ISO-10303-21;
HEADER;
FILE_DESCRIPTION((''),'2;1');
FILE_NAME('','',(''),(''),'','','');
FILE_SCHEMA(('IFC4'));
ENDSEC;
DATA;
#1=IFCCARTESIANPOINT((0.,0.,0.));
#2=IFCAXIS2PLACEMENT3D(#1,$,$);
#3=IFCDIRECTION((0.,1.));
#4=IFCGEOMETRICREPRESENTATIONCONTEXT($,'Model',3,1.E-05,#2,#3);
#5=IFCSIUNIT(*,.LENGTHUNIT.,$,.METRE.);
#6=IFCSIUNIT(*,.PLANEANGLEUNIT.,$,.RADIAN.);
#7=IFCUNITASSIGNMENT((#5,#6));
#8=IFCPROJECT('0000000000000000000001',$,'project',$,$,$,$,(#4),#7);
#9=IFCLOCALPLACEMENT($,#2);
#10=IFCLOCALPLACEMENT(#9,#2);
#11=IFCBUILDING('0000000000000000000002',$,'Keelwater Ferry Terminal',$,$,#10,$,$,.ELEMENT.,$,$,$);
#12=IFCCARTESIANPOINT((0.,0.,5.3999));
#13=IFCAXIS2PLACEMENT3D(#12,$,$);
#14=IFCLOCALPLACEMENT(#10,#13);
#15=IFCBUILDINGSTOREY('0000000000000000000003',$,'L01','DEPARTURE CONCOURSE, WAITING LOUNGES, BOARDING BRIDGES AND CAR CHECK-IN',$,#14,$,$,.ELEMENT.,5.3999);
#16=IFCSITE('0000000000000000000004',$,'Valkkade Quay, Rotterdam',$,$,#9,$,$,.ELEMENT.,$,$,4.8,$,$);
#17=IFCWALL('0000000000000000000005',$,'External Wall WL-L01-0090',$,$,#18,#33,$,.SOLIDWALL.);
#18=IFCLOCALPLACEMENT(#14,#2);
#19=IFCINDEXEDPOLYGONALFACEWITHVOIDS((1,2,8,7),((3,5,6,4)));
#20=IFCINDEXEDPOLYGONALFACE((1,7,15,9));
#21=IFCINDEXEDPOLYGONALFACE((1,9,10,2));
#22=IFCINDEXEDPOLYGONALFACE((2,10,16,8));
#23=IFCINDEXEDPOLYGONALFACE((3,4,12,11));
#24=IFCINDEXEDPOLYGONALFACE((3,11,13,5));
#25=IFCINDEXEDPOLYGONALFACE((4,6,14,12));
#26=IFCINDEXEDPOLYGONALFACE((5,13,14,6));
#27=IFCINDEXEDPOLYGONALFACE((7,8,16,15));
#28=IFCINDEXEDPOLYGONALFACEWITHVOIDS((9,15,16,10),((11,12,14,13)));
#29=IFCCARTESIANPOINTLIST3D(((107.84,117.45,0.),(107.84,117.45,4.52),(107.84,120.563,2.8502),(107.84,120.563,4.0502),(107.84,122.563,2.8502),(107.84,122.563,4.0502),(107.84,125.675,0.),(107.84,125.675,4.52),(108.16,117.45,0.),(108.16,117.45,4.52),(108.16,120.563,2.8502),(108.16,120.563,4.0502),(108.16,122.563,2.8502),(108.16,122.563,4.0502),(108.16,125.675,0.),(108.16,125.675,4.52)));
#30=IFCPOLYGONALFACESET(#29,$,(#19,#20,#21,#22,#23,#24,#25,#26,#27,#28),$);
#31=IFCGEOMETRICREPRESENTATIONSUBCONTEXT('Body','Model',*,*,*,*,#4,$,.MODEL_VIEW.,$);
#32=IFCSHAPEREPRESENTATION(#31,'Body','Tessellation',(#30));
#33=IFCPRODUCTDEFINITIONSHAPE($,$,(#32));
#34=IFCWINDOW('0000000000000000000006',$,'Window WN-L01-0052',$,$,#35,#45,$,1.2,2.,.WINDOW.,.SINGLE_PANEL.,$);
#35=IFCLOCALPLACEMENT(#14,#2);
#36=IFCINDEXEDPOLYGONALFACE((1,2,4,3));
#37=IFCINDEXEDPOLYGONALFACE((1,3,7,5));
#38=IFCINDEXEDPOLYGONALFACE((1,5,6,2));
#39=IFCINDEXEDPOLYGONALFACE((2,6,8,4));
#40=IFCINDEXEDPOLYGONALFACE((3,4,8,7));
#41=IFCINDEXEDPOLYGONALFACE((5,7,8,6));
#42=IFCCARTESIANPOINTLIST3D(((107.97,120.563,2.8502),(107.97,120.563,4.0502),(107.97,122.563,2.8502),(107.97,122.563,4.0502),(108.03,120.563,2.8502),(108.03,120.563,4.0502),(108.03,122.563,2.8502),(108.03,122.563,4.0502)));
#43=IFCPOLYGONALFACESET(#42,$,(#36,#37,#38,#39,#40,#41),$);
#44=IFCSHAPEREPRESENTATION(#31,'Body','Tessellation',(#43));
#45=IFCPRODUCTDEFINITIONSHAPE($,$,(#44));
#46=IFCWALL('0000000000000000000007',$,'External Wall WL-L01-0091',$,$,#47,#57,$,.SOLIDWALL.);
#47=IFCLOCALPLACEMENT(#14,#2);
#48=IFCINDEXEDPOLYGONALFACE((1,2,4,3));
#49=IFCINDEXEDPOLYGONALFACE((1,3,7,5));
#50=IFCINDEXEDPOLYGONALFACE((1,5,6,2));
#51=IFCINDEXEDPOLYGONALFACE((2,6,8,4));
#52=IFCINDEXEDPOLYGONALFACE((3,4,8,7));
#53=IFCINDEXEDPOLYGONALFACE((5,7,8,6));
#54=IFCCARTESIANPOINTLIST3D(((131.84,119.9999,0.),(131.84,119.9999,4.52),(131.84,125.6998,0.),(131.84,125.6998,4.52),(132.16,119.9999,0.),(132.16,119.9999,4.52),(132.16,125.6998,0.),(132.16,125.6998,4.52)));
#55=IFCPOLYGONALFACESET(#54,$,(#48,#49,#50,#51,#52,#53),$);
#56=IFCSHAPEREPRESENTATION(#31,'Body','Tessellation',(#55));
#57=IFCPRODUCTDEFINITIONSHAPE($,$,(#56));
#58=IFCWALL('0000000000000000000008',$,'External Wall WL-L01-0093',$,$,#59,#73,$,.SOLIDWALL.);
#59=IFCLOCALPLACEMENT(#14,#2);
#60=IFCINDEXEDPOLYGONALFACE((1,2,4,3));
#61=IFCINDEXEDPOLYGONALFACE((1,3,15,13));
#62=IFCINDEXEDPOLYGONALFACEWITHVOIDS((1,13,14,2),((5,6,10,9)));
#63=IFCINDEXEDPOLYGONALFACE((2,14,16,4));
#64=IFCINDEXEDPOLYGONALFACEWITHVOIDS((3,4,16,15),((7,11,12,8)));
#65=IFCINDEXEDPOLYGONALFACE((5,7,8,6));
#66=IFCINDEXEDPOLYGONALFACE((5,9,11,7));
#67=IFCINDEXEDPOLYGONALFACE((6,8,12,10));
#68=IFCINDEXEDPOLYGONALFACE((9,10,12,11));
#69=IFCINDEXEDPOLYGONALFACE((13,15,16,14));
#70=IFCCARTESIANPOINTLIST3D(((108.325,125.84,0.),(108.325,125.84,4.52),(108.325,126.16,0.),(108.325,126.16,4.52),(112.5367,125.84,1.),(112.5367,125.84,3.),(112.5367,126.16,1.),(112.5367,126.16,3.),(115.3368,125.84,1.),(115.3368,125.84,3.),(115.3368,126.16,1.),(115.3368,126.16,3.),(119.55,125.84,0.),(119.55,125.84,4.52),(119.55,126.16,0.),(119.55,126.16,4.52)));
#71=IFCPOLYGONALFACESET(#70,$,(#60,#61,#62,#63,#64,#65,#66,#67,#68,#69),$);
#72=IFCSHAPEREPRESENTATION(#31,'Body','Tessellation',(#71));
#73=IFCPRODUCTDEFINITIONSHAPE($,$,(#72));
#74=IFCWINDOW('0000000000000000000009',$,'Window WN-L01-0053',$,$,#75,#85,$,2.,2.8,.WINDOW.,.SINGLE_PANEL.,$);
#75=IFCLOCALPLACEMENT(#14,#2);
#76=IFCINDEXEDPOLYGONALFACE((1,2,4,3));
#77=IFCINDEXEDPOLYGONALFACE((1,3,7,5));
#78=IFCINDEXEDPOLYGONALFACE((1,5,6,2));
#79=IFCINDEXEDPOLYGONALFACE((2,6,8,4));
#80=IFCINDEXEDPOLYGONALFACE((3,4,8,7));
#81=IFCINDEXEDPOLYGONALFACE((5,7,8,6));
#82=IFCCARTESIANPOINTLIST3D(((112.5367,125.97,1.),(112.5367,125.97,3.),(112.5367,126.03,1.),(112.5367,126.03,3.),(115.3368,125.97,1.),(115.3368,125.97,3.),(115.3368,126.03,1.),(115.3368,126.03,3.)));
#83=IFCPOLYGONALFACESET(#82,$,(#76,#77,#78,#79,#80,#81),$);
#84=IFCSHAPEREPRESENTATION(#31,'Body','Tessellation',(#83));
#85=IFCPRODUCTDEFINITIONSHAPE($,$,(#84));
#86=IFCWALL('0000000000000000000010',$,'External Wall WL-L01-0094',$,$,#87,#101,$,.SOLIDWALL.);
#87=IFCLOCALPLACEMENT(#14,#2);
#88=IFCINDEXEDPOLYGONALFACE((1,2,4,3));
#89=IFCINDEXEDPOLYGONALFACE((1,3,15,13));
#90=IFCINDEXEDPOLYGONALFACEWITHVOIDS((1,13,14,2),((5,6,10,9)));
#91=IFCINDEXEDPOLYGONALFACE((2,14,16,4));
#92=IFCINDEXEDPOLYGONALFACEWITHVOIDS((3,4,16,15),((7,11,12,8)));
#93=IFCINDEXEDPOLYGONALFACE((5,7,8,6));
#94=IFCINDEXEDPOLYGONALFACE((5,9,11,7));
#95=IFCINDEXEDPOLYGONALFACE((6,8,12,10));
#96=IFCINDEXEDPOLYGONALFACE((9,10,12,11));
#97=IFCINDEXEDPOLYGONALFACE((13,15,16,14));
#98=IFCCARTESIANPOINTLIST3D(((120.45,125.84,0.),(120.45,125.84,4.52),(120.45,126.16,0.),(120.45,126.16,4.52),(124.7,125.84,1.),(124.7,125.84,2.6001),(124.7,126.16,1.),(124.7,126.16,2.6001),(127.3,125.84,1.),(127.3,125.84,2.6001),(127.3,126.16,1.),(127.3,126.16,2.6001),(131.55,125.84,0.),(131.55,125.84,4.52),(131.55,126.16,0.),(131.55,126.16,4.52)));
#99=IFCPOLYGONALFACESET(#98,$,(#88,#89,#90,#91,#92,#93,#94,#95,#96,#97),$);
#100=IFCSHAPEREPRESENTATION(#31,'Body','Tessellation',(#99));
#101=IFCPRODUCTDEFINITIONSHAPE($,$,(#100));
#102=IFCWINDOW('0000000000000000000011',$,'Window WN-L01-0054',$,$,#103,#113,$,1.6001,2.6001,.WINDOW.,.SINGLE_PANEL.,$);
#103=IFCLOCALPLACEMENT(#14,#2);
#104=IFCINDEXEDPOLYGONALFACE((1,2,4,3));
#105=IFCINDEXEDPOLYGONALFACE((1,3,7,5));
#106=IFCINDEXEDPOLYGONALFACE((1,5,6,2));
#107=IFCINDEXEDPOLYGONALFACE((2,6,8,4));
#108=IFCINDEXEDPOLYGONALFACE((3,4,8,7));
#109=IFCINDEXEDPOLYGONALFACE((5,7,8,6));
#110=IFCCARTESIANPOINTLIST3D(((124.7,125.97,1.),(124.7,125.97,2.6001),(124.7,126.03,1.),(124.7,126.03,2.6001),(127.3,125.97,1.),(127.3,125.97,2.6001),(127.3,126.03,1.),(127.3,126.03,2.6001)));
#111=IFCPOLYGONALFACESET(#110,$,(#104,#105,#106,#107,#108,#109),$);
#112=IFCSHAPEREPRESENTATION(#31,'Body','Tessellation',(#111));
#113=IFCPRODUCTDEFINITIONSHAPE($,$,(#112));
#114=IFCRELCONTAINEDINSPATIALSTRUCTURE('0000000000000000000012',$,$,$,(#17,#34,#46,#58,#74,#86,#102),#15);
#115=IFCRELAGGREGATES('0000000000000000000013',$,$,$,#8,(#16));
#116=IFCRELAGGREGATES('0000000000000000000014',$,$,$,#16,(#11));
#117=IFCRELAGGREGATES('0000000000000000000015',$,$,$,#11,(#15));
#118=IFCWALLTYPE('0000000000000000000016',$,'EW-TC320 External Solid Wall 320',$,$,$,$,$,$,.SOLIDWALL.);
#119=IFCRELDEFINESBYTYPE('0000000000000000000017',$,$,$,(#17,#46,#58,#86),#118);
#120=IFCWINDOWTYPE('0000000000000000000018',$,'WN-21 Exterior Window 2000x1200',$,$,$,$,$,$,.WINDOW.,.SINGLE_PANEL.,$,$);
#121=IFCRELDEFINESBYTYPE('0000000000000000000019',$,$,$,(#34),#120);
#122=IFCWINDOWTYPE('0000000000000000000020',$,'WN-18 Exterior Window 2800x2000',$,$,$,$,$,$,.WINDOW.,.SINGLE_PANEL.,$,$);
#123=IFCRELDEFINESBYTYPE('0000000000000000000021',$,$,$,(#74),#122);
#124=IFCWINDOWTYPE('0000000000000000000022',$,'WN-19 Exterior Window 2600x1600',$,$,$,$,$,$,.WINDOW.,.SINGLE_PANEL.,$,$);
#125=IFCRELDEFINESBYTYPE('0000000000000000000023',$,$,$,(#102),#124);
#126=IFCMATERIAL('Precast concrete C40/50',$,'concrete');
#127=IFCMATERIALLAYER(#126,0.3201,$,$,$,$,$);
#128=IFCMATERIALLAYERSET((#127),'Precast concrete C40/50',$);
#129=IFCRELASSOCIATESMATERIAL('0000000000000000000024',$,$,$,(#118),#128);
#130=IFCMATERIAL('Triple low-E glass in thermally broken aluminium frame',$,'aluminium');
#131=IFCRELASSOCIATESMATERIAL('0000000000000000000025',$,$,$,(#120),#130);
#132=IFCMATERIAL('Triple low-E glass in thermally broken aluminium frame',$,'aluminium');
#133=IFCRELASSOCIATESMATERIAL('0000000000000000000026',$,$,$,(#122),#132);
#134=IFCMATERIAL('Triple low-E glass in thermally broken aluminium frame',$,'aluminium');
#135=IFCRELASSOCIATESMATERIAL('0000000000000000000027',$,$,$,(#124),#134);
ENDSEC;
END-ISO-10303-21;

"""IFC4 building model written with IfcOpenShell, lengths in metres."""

from ifc_helpers import new_model, si_unit, direction, frame, frame_2d, origin, place, context, subcontext, project, spatial, rectangle, extrude, material, layer, layer_set, type_object, element, fill, save


model = new_model("IFC4")

# Units and contexts
model_context = context("Model", 3, precision=1e-05, world=origin(), true_north=direction((0.0, 1.0)))
body_context = subcontext(model_context, "Body", "Model", "MODEL_VIEW")
ifc_project = project(units=[si_unit("LENGTHUNIT", "METRE"), si_unit("PLANEANGLEUNIT", "RADIAN")], contexts=[model_context])

# Site, building, storey
site_placement = place(None, origin())
site = spatial("IfcSite", under=ifc_project, at=site_placement, Name="Valkkade Quay, Rotterdam", CompositionType="ELEMENT", RefElevation=4.8)
building_placement = place(site_placement, origin())
building = spatial("IfcBuilding", under=site, at=building_placement, Name="Keelwater Ferry Terminal", CompositionType="ELEMENT")
storey_placement = place(building_placement, frame((0.0, 0.0, 5.3999)))
storey = spatial("IfcBuildingStorey", under=building, at=storey_placement, Name="L01", Description="DEPARTURE CONCOURSE, WAITING LOUNGES, BOARDING BRIDGES AND CAR CHECK-IN", CompositionType="ELEMENT", Elevation=5.3999)

# Wall, opening, window
ifc_material_1 = material(Name="Precast concrete C40/50", Category="concrete")
ifc_layer = layer(ifc_material_1, 0.3201)
ifc_layer_set = layer_set([ifc_layer], Name="Precast concrete C40/50")
wall_type = type_object("IfcWallType", Name="EW-TC320 External Solid Wall 320", PredefinedType="SOLIDWALL", material=ifc_layer_set)
ifc_material_2 = material(Name="Triple low-E glass in thermally broken aluminium frame", Category="aluminium")
window_type_1 = type_object("IfcWindowType", Name="WN-21 Exterior Window 2000x1200", PartitioningType="SINGLE_PANEL", PredefinedType="WINDOW", material=ifc_material_2)
wall_1_placement = place(storey_placement, frame((108.0, 125.675, 0.0), z_axis=(0.0, 0.0, 1.0), x_axis=(0.0, -1.0, 0.0)))
wall_1 = element("IfcWall", 1, at=wall_1_placement, inside=storey, type_object=wall_type, Name="External Wall WL-L01-0090", PredefinedType="SOLIDWALL", context=body_context, shape_type="SweptSolid", body=[
    extrude(rectangle(XDim=8.2251, YDim=0.3201, at=frame_2d((4.1125, 0.0))), origin(), (0.0, 0.0, 1.0), 4.52),
])
opening_1_placement = place(wall_1_placement, frame((3.1121, 0.0, 2.8501)))
opening_1 = element("IfcOpeningElement", 2, at=opening_1_placement, cuts=wall_1, PredefinedType="OPENING", context=body_context, shape_type="SweptSolid", body=[
    extrude(rectangle(XDim=2.0, YDim=1.2, at=frame_2d((1.0, 0.6001))), frame((0.0, 0.1702, 0.0), z_axis=(0.0, -1.0, 0.0), x_axis=(1.0, 0.0, 0.0)), (0.0, 0.0, 1.0), 0.3401),
])
window_1_placement = place(opening_1_placement, origin())
window_1 = element("IfcWindow", 3, at=window_1_placement, inside=storey, type_object=window_type_1, Name="Window WN-L01-0052", OverallHeight=1.2, OverallWidth=2.0, PartitioningType="SINGLE_PANEL", PredefinedType="WINDOW", context=body_context, shape_type="SweptSolid", body=[
    extrude(rectangle(XDim=2.0, YDim=1.2, at=frame_2d((1.0, 0.6001))), frame((0.0, 0.03, 0.0), z_axis=(0.0, -1.0, 0.0), x_axis=(1.0, 0.0, 0.0)), (0.0, 0.0, 1.0), 0.0601),
])
fill(opening_1, window_1)

# Wall
wall_2_placement = place(storey_placement, frame((132.0, 125.7, 0.0), z_axis=(0.0, 0.0, 1.0), x_axis=(0.0, -1.0, 0.0)))
element("IfcWall", 4, at=wall_2_placement, inside=storey, type_object=wall_type, Name="External Wall WL-L01-0091", PredefinedType="SOLIDWALL", context=body_context, shape_type="SweptSolid", body=[
    extrude(rectangle(XDim=5.7, YDim=0.3201, at=frame_2d((2.8501, 0.0))), origin(), (0.0, 0.0, 1.0), 4.52),
])

# Walls, openings, windows
wall_3_placement = place(storey_placement, frame((108.325, 126.0, 0.0), z_axis=(0.0, 0.0, 1.0), x_axis=(1.0, 0.0, 0.0)))
wall_3 = element("IfcWall", 5, at=wall_3_placement, inside=storey, type_object=wall_type, Name="External Wall WL-L01-0093", PredefinedType="SOLIDWALL", context=body_context, shape_type="SweptSolid", body=[
    extrude(rectangle(XDim=11.2251, YDim=0.3201, at=frame_2d((5.6125, 0.0))), origin(), (0.0, 0.0, 1.0), 4.52),
])
opening_2_placement = place(wall_3_placement, frame((4.2119, 0.0, 1.0)))
opening_2 = element("IfcOpeningElement", 6, at=opening_2_placement, cuts=wall_3, PredefinedType="OPENING", context=body_context, shape_type="SweptSolid", body=[
    extrude(rectangle(XDim=2.8, YDim=2.0, at=frame_2d((1.3999, 1.0))), frame((0.0, 0.1702, 0.0), z_axis=(0.0, -1.0, 0.0), x_axis=(1.0, 0.0, 0.0)), (0.0, 0.0, 1.0), 0.3401),
])
ifc_material_3 = material(Name="Triple low-E glass in thermally broken aluminium frame", Category="aluminium")
window_type_2 = type_object("IfcWindowType", Name="WN-18 Exterior Window 2800x2000", PartitioningType="SINGLE_PANEL", PredefinedType="WINDOW", material=ifc_material_3)
window_2_placement = place(opening_2_placement, origin())
window_2 = element("IfcWindow", 7, at=window_2_placement, inside=storey, type_object=window_type_2, Name="Window WN-L01-0053", OverallHeight=2.0, OverallWidth=2.8, PartitioningType="SINGLE_PANEL", PredefinedType="WINDOW", context=body_context, shape_type="SweptSolid", body=[
    extrude(rectangle(XDim=2.8, YDim=2.0, at=frame_2d((1.3999, 1.0))), frame((0.0, 0.03, 0.0), z_axis=(0.0, -1.0, 0.0), x_axis=(1.0, 0.0, 0.0)), (0.0, 0.0, 1.0), 0.0601),
])
fill(opening_2, window_2)
wall_4_placement = place(storey_placement, frame((120.45, 126.0, 0.0), z_axis=(0.0, 0.0, 1.0), x_axis=(1.0, 0.0, 0.0)))
wall_4 = element("IfcWall", 8, at=wall_4_placement, inside=storey, type_object=wall_type, Name="External Wall WL-L01-0094", PredefinedType="SOLIDWALL", context=body_context, shape_type="SweptSolid", body=[
    extrude(rectangle(XDim=11.1001, YDim=0.3201, at=frame_2d((5.55, 0.0))), origin(), (0.0, 0.0, 1.0), 4.52),
])
opening_3_placement = place(wall_4_placement, frame((4.25, 0.0, 1.0)))
opening_3 = element("IfcOpeningElement", 9, at=opening_3_placement, cuts=wall_4, PredefinedType="OPENING", context=body_context, shape_type="SweptSolid", body=[
    extrude(rectangle(XDim=2.6001, YDim=1.6001, at=frame_2d((1.3, 0.8))), frame((0.0, 0.1702, 0.0), z_axis=(0.0, -1.0, 0.0), x_axis=(1.0, 0.0, 0.0)), (0.0, 0.0, 1.0), 0.3401),
])
ifc_material_4 = material(Name="Triple low-E glass in thermally broken aluminium frame", Category="aluminium")
window_type_3 = type_object("IfcWindowType", Name="WN-19 Exterior Window 2600x1600", PartitioningType="SINGLE_PANEL", PredefinedType="WINDOW", material=ifc_material_4)
window_3_placement = place(opening_3_placement, origin())
window_3 = element("IfcWindow", 10, at=window_3_placement, inside=storey, type_object=window_type_3, Name="Window WN-L01-0054", OverallHeight=1.6001, OverallWidth=2.6001, PartitioningType="SINGLE_PANEL", PredefinedType="WINDOW", context=body_context, shape_type="SweptSolid", body=[
    extrude(rectangle(XDim=2.6001, YDim=1.6001, at=frame_2d((1.3, 0.8))), frame((0.0, 0.03, 0.0), z_axis=(0.0, -1.0, 0.0), x_axis=(1.0, 0.0, 0.0)), (0.0, 0.0, 1.0), 0.0601),
])
fill(opening_3, window_3)

save(model, "model.ifc")
